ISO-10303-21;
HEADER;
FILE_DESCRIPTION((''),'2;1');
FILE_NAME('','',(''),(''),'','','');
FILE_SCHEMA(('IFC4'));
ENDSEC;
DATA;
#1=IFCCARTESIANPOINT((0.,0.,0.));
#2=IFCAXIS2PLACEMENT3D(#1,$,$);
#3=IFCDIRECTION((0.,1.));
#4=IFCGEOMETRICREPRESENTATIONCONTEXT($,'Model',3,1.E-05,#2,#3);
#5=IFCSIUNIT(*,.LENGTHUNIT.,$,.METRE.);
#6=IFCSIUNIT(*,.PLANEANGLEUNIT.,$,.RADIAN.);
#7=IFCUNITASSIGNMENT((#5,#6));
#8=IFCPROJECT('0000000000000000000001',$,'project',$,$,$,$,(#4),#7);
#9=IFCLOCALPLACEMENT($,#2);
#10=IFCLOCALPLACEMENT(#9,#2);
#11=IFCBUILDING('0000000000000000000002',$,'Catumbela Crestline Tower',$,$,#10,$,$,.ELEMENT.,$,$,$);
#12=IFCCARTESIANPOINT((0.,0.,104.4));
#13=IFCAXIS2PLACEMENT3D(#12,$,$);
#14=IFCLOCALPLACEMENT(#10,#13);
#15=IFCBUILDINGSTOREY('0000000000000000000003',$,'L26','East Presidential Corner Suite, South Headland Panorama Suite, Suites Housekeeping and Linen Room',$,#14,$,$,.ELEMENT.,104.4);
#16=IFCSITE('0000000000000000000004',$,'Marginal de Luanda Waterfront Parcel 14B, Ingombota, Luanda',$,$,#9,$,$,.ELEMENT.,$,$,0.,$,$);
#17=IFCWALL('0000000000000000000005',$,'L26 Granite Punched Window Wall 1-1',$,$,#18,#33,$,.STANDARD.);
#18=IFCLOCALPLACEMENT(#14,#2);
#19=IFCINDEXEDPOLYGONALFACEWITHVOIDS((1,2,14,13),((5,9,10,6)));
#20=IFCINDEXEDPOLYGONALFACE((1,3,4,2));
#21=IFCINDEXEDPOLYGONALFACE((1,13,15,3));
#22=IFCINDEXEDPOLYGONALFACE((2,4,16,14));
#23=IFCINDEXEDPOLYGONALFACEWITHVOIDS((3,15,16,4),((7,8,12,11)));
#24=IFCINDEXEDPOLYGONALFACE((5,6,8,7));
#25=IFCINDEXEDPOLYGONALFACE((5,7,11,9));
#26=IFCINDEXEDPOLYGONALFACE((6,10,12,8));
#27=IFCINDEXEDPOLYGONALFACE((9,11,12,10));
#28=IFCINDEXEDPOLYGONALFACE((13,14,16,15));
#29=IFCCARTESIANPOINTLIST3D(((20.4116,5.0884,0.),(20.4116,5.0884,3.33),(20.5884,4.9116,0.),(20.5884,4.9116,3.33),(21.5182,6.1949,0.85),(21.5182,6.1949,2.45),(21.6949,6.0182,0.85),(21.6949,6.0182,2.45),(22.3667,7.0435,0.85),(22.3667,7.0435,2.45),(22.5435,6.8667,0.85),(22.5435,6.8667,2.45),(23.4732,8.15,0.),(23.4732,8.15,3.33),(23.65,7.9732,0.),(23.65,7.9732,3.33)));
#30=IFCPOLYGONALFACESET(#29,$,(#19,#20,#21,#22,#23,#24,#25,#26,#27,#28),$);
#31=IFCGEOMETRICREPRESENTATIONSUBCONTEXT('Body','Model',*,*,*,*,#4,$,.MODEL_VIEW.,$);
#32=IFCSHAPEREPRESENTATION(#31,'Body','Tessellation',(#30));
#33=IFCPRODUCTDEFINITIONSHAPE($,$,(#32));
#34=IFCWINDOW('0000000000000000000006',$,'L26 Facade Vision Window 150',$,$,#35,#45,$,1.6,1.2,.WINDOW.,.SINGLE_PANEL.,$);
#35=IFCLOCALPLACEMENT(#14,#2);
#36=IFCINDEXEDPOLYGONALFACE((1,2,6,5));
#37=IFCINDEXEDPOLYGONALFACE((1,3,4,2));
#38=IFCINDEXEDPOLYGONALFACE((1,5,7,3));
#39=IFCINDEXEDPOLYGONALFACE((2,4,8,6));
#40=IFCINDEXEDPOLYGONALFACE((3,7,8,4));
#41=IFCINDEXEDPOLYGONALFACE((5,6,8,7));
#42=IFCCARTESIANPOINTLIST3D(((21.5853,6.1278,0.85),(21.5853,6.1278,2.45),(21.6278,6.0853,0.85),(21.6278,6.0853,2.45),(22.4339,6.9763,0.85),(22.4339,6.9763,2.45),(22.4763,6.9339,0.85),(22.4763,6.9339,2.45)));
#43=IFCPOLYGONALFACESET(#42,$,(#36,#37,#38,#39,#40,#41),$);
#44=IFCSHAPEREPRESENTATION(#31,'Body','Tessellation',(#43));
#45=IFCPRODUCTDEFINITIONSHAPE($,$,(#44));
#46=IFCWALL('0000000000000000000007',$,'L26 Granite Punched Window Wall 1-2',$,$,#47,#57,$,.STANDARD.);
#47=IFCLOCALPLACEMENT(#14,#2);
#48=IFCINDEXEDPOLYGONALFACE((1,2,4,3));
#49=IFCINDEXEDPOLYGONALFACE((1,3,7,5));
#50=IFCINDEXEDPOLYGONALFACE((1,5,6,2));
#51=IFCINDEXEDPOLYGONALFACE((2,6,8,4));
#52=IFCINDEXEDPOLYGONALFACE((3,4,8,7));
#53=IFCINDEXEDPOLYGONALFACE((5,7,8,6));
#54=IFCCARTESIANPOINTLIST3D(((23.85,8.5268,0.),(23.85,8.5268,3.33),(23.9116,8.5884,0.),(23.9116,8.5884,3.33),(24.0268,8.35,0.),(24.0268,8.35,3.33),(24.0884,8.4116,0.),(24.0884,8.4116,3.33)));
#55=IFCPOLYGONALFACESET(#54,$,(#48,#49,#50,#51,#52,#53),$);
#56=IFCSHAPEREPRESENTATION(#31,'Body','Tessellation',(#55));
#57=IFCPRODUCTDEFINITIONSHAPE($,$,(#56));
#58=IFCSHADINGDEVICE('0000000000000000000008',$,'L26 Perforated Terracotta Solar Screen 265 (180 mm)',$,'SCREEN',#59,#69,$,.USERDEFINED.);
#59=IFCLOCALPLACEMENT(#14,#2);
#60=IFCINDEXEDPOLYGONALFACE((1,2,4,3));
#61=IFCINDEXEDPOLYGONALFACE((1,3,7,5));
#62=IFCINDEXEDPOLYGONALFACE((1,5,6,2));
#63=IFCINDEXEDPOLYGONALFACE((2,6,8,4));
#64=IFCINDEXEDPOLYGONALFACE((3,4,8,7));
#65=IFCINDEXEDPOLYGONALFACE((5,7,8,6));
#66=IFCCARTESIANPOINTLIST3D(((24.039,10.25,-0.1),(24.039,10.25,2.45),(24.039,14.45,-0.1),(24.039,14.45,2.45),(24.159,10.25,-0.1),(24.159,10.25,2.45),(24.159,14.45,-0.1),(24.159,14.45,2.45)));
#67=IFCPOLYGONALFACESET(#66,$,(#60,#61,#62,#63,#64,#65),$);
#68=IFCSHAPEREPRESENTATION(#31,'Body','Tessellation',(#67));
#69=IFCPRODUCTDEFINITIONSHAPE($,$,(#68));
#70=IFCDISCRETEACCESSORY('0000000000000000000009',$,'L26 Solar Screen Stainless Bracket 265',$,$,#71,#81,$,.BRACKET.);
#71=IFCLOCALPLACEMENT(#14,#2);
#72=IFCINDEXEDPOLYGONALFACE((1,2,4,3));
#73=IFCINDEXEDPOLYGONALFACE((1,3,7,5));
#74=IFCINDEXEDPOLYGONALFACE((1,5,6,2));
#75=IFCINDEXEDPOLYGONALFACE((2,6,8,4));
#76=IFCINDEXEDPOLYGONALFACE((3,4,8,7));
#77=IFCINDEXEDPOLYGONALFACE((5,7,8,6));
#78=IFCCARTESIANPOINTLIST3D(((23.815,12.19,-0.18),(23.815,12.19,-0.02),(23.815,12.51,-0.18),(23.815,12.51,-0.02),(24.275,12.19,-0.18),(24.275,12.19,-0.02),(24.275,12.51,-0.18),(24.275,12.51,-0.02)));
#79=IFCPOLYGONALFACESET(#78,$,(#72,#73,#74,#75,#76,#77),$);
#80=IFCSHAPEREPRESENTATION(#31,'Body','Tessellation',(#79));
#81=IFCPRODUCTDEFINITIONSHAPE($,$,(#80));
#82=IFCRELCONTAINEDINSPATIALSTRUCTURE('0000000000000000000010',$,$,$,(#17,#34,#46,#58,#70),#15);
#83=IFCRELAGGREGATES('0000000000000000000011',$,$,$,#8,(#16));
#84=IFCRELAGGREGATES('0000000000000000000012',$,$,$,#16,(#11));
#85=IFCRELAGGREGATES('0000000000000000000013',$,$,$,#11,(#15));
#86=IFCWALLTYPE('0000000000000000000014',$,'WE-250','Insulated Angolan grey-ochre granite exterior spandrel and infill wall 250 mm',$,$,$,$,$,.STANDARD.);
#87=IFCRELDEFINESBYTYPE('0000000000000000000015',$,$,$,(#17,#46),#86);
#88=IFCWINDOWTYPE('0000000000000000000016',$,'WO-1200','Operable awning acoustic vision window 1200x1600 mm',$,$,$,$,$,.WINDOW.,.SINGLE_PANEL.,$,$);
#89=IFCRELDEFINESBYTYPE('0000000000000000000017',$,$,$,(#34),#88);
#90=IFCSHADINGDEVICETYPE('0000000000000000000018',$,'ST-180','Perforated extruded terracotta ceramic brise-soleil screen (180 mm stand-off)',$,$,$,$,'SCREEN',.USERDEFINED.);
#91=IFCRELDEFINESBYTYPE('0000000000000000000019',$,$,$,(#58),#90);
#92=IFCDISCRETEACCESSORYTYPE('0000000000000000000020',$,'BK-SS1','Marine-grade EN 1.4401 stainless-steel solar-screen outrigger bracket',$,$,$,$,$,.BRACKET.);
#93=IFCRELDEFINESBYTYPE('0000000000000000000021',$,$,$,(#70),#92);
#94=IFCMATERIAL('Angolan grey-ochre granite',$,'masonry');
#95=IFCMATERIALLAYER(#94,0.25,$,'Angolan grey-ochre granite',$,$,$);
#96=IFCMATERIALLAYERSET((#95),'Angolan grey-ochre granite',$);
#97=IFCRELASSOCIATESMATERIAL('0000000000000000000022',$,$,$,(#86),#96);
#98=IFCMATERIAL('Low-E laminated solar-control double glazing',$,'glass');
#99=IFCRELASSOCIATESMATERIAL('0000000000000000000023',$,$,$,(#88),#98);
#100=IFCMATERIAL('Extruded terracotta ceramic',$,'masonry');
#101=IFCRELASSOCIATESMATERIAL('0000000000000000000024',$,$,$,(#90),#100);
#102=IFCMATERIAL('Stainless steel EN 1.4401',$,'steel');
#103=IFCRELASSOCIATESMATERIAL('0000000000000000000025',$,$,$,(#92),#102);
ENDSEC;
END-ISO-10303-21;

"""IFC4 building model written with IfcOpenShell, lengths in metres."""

from ifc_helpers import new_model, si_unit, direction, frame, frame_2d, origin, origin_2d, place, context, subcontext, project, spatial, rectangle, extrude, material, layer, layer_set, type_object, element, fill, save


model = new_model("IFC4")

# Units and contexts
model_context = context("Model", 3, precision=1e-05, world=origin(), true_north=direction((0.0, 1.0)))
body_context = subcontext(model_context, "Body", "Model", "MODEL_VIEW")
ifc_project = project(units=[si_unit("LENGTHUNIT", "METRE"), si_unit("PLANEANGLEUNIT", "RADIAN")], contexts=[model_context])

# Site, building, storey
site_placement = place(None, origin())
site = spatial("IfcSite", under=ifc_project, at=site_placement, Name="Marginal de Luanda Waterfront Parcel 14B, Ingombota, Luanda", CompositionType="ELEMENT", RefElevation=0.0)
building_placement = place(site_placement, origin())
building = spatial("IfcBuilding", under=site, at=building_placement, Name="Catumbela Crestline Tower", CompositionType="ELEMENT")
storey_placement = place(building_placement, frame((0.0, 0.0, 104.4)))
storey = spatial("IfcBuildingStorey", under=building, at=storey_placement, Name="L26", Description="East Presidential Corner Suite, South Headland Panorama Suite, Suites Housekeeping and Linen Room", CompositionType="ELEMENT", Elevation=104.4)

# Shared definitions
ifc_material_1 = material(Name="Low-E laminated solar-control double glazing", Category="glass")

# Wall, opening, window
ifc_material_2 = material(Name="Angolan grey-ochre granite", Category="masonry")
ifc_layer_1 = layer(ifc_material_2, 0.25, Name="Angolan grey-ochre granite")
ifc_layer_set_1 = layer_set([ifc_layer_1], Name="Angolan grey-ochre granite")
wall_type = type_object("IfcWallType", Name="WE-250", Description="Insulated Angolan grey-ochre granite exterior spandrel and infill wall 250 mm", PredefinedType="STANDARD", material=ifc_layer_set_1)
wall_1_placement = place(storey_placement, frame((20.5, 5.0, 0.0), z_axis=(0.0, 0.0, 1.0), x_axis=(0.707107, 0.707107, 0.0)))
wall_1 = element("IfcWall", 1, at=wall_1_placement, inside=storey, type_object=wall_type, Name="L26 Granite Punched Window Wall 1-1", PredefinedType="STANDARD", context=body_context, shape_type="SweptSolid", body=[
    extrude(rectangle(XDim=4.3298, YDim=0.25, at=frame_2d((2.1649, 0.0))), origin(), (0.0, 0.0, 1.0), 3.33),
])
opening_placement = place(wall_1_placement, frame((1.5649, 0.0, 0.85)))
opening = element("IfcOpeningElement", 2, at=opening_placement, cuts=wall_1, PredefinedType="OPENING", context=body_context, shape_type="SweptSolid", body=[
    extrude(rectangle(XDim=1.2, YDim=1.6, at=frame_2d((0.6, 0.8))), frame((0.0, 0.135, 0.0), z_axis=(0.0, -1.0, 0.0), x_axis=(1.0, 0.0, 0.0)), (0.0, 0.0, 1.0), 0.27),
])
window_type = type_object("IfcWindowType", Name="WO-1200", Description="Operable awning acoustic vision window 1200x1600 mm", PartitioningType="SINGLE_PANEL", PredefinedType="WINDOW", material=ifc_material_1)
window_placement = place(opening_placement, origin())
window = element("IfcWindow", 3, at=window_placement, inside=storey, type_object=window_type, Name="L26 Facade Vision Window 150", OverallHeight=1.6, OverallWidth=1.2, PartitioningType="SINGLE_PANEL", PredefinedType="WINDOW", context=body_context, shape_type="SweptSolid", body=[
    extrude(rectangle(XDim=1.2, YDim=1.6, at=frame_2d((0.6, 0.8))), frame((0.0, 0.03, 0.0), z_axis=(0.0, -1.0, 0.0), x_axis=(1.0, 0.0, 0.0)), (0.0, 0.0, 1.0), 0.06),
])
fill(opening, window)

# Wall
wall_2_placement = place(storey_placement, frame((23.9384, 8.4384, 0.0), z_axis=(0.0, 0.0, 1.0), x_axis=(0.707107, 0.707107, 0.0)))
element("IfcWall", 4, at=wall_2_placement, inside=storey, type_object=wall_type, Name="L26 Granite Punched Window Wall 1-2", PredefinedType="STANDARD", context=body_context, shape_type="SweptSolid", body=[
    extrude(rectangle(XDim=0.0871, YDim=0.25, at=frame_2d((0.0436, 0.0))), origin(), (0.0, 0.0, 1.0), 3.33),
])

# Shading device
ifc_material_3 = material(Name="Extruded terracotta ceramic", Category="masonry")
shading_device_type = type_object("IfcShadingDeviceType", Name="ST-180", Description="Perforated extruded terracotta ceramic brise-soleil screen (180 mm stand-off)", ElementType="SCREEN", PredefinedType="USERDEFINED", material=ifc_material_3)
shading_device_placement = place(storey_placement, frame((24.099, 12.35, -0.1), z_axis=(0.0, 0.0, 1.0), x_axis=(0.0, 1.0, 0.0)))
element("IfcShadingDevice", 5, at=shading_device_placement, inside=storey, type_object=shading_device_type, Name="L26 Perforated Terracotta Solar Screen 265 (180 mm)", ObjectType="SCREEN", PredefinedType="USERDEFINED", context=body_context, shape_type="SweptSolid", body=[
    extrude(rectangle(XDim=4.2, YDim=0.12, at=origin_2d()), origin(), (0.0, 0.0, 1.0), 2.55),
])

# Discrete accessory
ifc_material_4 = material(Name="Stainless steel EN 1.4401", Category="steel")
discrete_accessory_type = type_object("IfcDiscreteAccessoryType", Name="BK-SS1", Description="Marine-grade EN 1.4401 stainless-steel solar-screen outrigger bracket", PredefinedType="BRACKET", material=ifc_material_4)
discrete_accessory_placement = place(storey_placement, frame((24.045, 12.35, -0.18), z_axis=(0.0, 0.0, 1.0), x_axis=(0.0, 1.0, 0.0)))
element("IfcDiscreteAccessory", 6, at=discrete_accessory_placement, inside=storey, type_object=discrete_accessory_type, Name="L26 Solar Screen Stainless Bracket 265", PredefinedType="BRACKET", context=body_context, shape_type="SweptSolid", body=[
    extrude(rectangle(XDim=0.32, YDim=0.46, at=origin_2d()), origin(), (0.0, 0.0, 1.0), 0.16),
])

save(model, "model.ifc")
